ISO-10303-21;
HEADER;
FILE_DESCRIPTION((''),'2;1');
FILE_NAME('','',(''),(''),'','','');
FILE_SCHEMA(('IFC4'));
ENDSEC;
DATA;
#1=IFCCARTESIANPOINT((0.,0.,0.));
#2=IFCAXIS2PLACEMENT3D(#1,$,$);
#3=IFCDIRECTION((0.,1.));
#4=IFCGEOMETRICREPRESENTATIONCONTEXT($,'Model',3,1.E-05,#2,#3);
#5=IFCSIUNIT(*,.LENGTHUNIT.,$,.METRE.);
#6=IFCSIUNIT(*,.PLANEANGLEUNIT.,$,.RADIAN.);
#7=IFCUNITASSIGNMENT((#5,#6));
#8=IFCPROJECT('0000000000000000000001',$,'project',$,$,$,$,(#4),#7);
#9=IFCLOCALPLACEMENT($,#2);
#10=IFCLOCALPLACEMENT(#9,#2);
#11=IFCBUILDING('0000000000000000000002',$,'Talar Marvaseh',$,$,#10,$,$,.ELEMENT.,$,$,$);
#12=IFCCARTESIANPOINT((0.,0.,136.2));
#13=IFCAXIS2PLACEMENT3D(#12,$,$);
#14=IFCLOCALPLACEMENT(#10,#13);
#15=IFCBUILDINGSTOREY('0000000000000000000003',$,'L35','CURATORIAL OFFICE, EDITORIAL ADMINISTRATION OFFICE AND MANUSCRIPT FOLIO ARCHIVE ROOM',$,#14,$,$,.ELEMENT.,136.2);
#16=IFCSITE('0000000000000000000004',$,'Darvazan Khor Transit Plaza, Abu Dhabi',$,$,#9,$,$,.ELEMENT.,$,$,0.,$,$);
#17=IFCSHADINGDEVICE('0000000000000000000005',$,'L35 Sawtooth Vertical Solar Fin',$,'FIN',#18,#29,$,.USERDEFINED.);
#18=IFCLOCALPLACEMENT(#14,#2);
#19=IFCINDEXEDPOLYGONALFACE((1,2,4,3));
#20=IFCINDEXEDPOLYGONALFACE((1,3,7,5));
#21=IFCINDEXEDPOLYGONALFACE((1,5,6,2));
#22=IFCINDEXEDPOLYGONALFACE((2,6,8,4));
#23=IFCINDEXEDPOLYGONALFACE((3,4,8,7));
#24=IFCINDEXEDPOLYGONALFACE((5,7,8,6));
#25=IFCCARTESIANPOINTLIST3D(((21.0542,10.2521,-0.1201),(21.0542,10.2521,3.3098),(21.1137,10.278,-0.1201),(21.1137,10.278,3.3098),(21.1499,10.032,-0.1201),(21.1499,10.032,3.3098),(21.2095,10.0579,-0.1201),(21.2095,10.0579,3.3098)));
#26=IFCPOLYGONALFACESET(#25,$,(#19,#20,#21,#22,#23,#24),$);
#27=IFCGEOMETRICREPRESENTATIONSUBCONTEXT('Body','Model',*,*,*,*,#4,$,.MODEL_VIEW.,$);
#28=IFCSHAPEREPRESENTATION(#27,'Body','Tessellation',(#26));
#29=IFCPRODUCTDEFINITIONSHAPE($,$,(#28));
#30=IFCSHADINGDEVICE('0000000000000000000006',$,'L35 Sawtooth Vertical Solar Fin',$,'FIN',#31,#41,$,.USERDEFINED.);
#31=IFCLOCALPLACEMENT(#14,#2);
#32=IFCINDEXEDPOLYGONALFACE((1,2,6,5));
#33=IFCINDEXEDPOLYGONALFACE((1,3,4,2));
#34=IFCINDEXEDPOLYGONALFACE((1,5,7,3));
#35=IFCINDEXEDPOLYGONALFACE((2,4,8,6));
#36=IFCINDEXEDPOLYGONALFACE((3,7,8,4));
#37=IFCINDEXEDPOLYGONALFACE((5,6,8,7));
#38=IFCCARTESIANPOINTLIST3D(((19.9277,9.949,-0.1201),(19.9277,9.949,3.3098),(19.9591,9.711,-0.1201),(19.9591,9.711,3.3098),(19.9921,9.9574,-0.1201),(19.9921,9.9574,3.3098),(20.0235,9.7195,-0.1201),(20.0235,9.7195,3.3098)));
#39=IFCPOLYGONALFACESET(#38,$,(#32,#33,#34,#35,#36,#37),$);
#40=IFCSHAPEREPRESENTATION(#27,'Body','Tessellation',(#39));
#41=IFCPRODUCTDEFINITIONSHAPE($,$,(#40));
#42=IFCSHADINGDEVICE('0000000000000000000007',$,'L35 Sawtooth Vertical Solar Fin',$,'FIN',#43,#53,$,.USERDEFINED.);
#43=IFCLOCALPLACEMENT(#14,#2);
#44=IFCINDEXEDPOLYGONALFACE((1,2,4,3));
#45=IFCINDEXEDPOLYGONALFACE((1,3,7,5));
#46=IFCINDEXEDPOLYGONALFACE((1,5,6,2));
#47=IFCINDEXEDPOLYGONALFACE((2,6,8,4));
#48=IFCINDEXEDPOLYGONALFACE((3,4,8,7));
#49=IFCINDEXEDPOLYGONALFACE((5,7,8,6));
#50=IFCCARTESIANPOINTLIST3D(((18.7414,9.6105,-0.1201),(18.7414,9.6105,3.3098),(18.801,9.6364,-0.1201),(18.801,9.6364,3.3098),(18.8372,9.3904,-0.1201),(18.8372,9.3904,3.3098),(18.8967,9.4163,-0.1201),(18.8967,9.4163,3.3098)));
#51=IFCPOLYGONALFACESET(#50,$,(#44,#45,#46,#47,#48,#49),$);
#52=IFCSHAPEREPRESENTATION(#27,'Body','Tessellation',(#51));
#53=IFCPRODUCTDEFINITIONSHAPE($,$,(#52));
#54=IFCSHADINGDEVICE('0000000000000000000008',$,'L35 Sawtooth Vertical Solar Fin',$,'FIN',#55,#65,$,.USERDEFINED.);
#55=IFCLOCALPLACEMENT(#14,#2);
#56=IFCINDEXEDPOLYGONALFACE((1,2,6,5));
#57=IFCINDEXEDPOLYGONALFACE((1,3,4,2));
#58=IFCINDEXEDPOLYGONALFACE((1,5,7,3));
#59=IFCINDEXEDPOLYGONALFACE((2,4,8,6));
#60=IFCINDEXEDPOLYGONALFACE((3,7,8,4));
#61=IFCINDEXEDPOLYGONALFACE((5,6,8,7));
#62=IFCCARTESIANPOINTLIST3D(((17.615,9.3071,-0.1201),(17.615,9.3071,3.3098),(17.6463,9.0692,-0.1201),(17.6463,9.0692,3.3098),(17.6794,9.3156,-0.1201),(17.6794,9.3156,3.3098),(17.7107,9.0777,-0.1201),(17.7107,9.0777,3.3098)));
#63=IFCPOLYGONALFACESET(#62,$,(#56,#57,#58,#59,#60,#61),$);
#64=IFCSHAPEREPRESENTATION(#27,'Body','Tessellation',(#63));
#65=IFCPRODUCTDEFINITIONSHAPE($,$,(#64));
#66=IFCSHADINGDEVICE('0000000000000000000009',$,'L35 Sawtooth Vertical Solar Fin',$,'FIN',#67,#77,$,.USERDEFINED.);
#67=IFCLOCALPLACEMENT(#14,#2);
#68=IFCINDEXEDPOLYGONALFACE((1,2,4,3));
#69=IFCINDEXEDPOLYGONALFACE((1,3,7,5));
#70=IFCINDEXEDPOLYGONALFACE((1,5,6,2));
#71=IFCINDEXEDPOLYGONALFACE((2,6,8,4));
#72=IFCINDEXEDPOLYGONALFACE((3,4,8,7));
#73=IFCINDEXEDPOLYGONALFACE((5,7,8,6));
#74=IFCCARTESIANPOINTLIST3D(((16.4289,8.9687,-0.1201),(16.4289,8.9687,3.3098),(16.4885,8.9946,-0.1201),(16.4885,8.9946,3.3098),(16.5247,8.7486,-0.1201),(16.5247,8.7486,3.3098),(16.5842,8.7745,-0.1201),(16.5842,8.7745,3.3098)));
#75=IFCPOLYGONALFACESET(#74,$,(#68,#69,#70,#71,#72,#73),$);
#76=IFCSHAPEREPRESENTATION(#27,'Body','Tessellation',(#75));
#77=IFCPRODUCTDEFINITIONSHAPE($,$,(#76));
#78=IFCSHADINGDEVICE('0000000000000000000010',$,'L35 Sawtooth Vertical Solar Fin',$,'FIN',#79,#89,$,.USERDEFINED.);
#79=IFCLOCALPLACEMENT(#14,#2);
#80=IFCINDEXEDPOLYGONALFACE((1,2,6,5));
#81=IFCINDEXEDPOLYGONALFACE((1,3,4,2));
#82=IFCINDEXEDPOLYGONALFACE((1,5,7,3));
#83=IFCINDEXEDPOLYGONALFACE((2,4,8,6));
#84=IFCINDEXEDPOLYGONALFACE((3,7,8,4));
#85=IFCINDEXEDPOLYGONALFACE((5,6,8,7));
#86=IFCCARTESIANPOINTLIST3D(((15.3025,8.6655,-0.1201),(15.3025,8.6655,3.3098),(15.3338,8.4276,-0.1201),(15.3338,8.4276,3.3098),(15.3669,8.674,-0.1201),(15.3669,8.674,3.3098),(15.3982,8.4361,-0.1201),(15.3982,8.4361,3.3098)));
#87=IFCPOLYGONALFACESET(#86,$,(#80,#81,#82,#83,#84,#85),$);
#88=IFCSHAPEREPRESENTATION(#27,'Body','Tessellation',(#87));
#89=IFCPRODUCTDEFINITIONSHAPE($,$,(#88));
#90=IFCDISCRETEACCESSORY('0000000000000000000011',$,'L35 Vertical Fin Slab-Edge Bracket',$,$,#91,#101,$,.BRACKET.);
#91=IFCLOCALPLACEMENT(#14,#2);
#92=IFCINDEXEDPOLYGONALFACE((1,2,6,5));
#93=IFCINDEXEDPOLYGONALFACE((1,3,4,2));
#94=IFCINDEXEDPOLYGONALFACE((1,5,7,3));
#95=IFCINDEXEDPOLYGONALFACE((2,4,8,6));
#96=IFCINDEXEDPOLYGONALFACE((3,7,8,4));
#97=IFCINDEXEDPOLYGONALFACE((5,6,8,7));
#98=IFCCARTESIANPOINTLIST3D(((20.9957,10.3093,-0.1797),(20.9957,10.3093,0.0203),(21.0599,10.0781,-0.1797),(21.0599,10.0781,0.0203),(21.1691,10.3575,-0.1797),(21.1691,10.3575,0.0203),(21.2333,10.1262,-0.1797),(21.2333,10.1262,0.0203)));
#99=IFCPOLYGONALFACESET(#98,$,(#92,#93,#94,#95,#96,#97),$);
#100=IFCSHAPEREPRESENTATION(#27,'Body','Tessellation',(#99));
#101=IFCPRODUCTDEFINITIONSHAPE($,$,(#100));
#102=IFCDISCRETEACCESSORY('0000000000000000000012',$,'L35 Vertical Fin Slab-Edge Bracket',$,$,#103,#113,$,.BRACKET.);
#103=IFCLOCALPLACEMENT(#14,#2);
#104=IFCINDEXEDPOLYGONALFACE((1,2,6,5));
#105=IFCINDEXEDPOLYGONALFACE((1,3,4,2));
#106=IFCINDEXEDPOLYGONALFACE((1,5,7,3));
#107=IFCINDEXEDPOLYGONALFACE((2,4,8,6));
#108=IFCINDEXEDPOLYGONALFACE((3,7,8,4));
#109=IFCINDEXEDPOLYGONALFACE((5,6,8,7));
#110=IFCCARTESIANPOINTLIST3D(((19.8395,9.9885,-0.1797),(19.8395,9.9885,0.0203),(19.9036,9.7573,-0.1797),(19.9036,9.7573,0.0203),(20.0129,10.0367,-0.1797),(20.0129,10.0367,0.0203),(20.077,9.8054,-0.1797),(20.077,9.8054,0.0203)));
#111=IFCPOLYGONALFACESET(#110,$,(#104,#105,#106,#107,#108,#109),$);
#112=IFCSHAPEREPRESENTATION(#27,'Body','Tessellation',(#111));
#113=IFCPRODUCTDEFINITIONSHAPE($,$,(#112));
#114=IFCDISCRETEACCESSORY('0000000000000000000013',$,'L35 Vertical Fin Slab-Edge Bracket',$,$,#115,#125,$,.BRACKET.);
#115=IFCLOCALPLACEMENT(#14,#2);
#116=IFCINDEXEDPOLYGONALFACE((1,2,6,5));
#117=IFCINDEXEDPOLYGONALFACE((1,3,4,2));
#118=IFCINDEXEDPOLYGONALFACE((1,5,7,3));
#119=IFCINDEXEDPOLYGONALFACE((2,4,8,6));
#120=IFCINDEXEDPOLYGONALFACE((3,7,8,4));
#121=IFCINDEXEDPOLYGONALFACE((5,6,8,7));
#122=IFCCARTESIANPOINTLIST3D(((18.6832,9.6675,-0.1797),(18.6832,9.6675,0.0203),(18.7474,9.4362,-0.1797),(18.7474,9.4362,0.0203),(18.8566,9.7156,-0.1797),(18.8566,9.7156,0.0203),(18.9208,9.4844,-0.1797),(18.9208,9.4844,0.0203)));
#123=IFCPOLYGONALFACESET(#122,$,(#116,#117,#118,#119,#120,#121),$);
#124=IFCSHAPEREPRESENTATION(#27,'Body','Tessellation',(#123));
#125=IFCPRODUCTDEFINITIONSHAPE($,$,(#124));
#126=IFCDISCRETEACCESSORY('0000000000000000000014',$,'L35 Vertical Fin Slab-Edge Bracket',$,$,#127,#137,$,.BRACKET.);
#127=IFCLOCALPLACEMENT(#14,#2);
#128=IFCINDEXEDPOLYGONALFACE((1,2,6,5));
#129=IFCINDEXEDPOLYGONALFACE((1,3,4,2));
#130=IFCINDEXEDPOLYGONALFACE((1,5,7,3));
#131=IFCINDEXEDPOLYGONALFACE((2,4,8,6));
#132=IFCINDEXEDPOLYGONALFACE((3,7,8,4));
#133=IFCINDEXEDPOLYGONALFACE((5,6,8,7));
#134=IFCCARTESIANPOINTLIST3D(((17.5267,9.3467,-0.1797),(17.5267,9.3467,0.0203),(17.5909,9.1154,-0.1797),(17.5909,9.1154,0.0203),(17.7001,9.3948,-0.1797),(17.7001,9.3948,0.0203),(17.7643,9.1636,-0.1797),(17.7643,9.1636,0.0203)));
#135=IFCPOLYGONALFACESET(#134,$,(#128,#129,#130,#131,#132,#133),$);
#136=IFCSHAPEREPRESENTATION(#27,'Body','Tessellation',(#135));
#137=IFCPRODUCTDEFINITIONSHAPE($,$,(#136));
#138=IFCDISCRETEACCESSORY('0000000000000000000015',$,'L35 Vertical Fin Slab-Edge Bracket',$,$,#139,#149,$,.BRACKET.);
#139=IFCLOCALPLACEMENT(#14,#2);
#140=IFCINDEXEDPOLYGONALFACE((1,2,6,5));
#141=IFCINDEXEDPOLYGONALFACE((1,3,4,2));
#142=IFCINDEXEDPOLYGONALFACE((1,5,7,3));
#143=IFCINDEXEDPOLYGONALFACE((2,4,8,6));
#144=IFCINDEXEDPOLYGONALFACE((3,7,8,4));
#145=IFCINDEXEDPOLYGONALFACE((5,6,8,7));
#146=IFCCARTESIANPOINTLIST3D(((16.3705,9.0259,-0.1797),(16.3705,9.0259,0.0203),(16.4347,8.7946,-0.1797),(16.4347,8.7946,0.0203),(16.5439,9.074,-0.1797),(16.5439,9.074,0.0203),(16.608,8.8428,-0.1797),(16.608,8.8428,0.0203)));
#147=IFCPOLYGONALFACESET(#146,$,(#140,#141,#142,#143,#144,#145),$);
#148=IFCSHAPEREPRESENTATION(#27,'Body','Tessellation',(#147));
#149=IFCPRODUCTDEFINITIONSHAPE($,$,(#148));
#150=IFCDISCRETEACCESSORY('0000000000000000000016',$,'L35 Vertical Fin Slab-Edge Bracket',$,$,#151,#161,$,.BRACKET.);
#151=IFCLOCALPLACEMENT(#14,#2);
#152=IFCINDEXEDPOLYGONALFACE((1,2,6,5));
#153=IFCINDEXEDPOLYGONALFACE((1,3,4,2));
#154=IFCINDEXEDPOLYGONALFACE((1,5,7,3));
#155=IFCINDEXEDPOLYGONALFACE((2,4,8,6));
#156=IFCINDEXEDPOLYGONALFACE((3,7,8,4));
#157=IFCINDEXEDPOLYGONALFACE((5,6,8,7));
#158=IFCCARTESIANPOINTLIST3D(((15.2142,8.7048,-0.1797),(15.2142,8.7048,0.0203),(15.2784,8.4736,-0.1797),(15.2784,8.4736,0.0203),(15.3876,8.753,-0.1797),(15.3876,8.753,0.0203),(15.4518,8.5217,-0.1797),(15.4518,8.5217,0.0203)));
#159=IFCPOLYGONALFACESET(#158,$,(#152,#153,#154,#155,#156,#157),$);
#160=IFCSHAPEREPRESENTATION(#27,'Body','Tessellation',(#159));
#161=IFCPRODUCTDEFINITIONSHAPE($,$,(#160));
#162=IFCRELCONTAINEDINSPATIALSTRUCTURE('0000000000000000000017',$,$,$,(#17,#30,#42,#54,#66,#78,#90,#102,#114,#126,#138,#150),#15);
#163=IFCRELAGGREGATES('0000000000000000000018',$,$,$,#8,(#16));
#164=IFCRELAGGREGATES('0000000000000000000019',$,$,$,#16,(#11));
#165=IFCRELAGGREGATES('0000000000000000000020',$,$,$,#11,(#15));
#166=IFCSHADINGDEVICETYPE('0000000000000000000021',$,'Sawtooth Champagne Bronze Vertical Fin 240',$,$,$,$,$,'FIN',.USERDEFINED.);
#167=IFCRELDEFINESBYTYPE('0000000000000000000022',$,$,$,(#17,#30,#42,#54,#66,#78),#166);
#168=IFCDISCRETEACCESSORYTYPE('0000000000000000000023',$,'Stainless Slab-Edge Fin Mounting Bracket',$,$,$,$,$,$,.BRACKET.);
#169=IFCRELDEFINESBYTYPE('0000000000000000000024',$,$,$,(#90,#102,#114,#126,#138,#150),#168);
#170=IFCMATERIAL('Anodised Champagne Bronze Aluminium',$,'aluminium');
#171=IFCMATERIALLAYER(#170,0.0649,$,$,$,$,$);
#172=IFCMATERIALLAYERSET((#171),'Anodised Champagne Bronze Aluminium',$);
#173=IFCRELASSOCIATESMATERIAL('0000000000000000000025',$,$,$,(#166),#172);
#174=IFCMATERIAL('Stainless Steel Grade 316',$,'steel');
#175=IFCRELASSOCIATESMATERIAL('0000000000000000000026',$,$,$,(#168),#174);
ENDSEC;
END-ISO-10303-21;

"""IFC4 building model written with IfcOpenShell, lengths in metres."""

from ifc_helpers import new_model, si_unit, direction, frame, origin, origin_2d, place, context, subcontext, project, spatial, rectangle, extrude, source, transform, mapped, material, layer, layer_set, type_object, type_shapes, element, save


model = new_model("IFC4")

# Units and contexts
model_context = context("Model", 3, precision=1e-05, world=origin(), true_north=direction((0.0, 1.0)))
body_context = subcontext(model_context, "Body", "Model", "MODEL_VIEW")
ifc_project = project(units=[si_unit("LENGTHUNIT", "METRE"), si_unit("PLANEANGLEUNIT", "RADIAN")], contexts=[model_context])

# Site, building, storey
site_placement = place(None, origin())
site = spatial("IfcSite", under=ifc_project, at=site_placement, Name="Darvazan Khor Transit Plaza, Abu Dhabi", CompositionType="ELEMENT", RefElevation=0.0)
building_placement = place(site_placement, origin())
building = spatial("IfcBuilding", under=site, at=building_placement, Name="Talar Marvaseh", CompositionType="ELEMENT")
storey_placement = place(building_placement, frame((0.0, 0.0, 136.2)))
storey = spatial("IfcBuildingStorey", under=building, at=storey_placement, Name="L35", Description="CURATORIAL OFFICE, EDITORIAL ADMINISTRATION OFFICE AND MANUSCRIPT FOLIO ARCHIVE ROOM", CompositionType="ELEMENT", Elevation=136.2)

# Shading devices
ifc_material_1 = material(Name="Anodised Champagne Bronze Aluminium", Category="aluminium")
ifc_layer_1 = layer(ifc_material_1, 0.0649)
ifc_layer_set_1 = layer_set([ifc_layer_1], Name="Anodised Champagne Bronze Aluminium")
shading_device_type = type_object("IfcShadingDeviceType", Name="Sawtooth Champagne Bronze Vertical Fin 240", ElementType="FIN", PredefinedType="USERDEFINED", material=ifc_layer_set_1)
shared_shape_1 = source(origin(), body_context, "Body", "SweptSolid", [
    extrude(rectangle(XDim=0.24, YDim=0.0649, at=origin_2d()), origin(), (0.0, 0.0, 1.0), 3.4299),
])
type_shapes(shading_device_type, [shared_shape_1])
for number, where, z_axis, x_axis, name in (
    (1, (21.1318, 10.155, -0.1201), (0.0, 0.0, 1.0), (0.398909, -0.91699, 0.0), "L35 Sawtooth Vertical Solar Fin"),
    (2, (19.9756, 9.8342, -0.1201), (0.0, 0.0, 1.0), (0.130699, -0.991422, 0.0), "L35 Sawtooth Vertical Solar Fin"),
    (3, (18.8191, 9.5134, -0.1201), (0.0, 0.0, 1.0), (0.398909, -0.91699, 0.0), "L35 Sawtooth Vertical Solar Fin"),
    (4, (17.6628, 9.1924, -0.1201), (0.0, 0.0, 1.0), (0.130699, -0.991422, 0.0), "L35 Sawtooth Vertical Solar Fin"),
    (5, (16.5066, 8.8716, -0.1201), (0.0, 0.0, 1.0), (0.398909, -0.91699, 0.0), "L35 Sawtooth Vertical Solar Fin"),
    (6, (15.3503, 8.5508, -0.1201), (0.0, 0.0, 1.0), (0.130699, -0.991422, 0.0), "L35 Sawtooth Vertical Solar Fin"),
):
    element("IfcShadingDevice", number, at=place(storey_placement, frame(where, z_axis=z_axis, x_axis=x_axis)), inside=storey, type_object=shading_device_type, Name=name, ObjectType="FIN", PredefinedType="USERDEFINED", context=body_context, shape_type="MappedRepresentation", body=[
        mapped(shared_shape_1, transform((0.0, 0.0, 0.0), x_axis=(1.0, 0.0, 0.0), y_axis=(0.0, 1.0, 0.0), z_axis=(0.0, 0.0, 1.0), scale=1.0)),
    ])

# Discrete accessories
ifc_material_2 = material(Name="Stainless Steel Grade 316", Category="steel")
discrete_accessory_type = type_object("IfcDiscreteAccessoryType", Name="Stainless Slab-Edge Fin Mounting Bracket", PredefinedType="BRACKET", material=ifc_material_2)
shared_shape_2 = source(origin(), body_context, "Body", "SweptSolid", [
    extrude(rectangle(XDim=0.24, YDim=0.1799, at=origin_2d()), origin(), (0.0, 0.0, 1.0), 0.2),
])
type_shapes(discrete_accessory_type, [shared_shape_2])
for number, where, z_axis, x_axis, name in (
    (7, (21.1145, 10.2178, -0.1797), (0.0, 0.0, 1.0), (0.267407, -0.963584, 0.0), "L35 Vertical Fin Slab-Edge Bracket"),
    (8, (19.9583, 9.897, -0.1797), (0.0, 0.0, 1.0), (0.267407, -0.963584, 0.0), "L35 Vertical Fin Slab-Edge Bracket"),
    (9, (18.802, 9.5759, -0.1797), (0.0, 0.0, 1.0), (0.267407, -0.963584, 0.0), "L35 Vertical Fin Slab-Edge Bracket"),
    (10, (17.6455, 9.2551, -0.1797), (0.0, 0.0, 1.0), (0.267407, -0.963584, 0.0), "L35 Vertical Fin Slab-Edge Bracket"),
    (11, (16.4893, 8.9343, -0.1797), (0.0, 0.0, 1.0), (0.267407, -0.963584, 0.0), "L35 Vertical Fin Slab-Edge Bracket"),
    (12, (15.333, 8.6133, -0.1797), (0.0, 0.0, 1.0), (0.267407, -0.963584, 0.0), "L35 Vertical Fin Slab-Edge Bracket"),
):
    element("IfcDiscreteAccessory", number, at=place(storey_placement, frame(where, z_axis=z_axis, x_axis=x_axis)), inside=storey, type_object=discrete_accessory_type, Name=name, PredefinedType="BRACKET", context=body_context, shape_type="MappedRepresentation", body=[
        mapped(shared_shape_2, transform((0.0, 0.0, 0.0), x_axis=(1.0, 0.0, 0.0), y_axis=(0.0, 1.0, 0.0), z_axis=(0.0, 0.0, 1.0), scale=1.0)),
    ])

save(model, "model.ifc")
